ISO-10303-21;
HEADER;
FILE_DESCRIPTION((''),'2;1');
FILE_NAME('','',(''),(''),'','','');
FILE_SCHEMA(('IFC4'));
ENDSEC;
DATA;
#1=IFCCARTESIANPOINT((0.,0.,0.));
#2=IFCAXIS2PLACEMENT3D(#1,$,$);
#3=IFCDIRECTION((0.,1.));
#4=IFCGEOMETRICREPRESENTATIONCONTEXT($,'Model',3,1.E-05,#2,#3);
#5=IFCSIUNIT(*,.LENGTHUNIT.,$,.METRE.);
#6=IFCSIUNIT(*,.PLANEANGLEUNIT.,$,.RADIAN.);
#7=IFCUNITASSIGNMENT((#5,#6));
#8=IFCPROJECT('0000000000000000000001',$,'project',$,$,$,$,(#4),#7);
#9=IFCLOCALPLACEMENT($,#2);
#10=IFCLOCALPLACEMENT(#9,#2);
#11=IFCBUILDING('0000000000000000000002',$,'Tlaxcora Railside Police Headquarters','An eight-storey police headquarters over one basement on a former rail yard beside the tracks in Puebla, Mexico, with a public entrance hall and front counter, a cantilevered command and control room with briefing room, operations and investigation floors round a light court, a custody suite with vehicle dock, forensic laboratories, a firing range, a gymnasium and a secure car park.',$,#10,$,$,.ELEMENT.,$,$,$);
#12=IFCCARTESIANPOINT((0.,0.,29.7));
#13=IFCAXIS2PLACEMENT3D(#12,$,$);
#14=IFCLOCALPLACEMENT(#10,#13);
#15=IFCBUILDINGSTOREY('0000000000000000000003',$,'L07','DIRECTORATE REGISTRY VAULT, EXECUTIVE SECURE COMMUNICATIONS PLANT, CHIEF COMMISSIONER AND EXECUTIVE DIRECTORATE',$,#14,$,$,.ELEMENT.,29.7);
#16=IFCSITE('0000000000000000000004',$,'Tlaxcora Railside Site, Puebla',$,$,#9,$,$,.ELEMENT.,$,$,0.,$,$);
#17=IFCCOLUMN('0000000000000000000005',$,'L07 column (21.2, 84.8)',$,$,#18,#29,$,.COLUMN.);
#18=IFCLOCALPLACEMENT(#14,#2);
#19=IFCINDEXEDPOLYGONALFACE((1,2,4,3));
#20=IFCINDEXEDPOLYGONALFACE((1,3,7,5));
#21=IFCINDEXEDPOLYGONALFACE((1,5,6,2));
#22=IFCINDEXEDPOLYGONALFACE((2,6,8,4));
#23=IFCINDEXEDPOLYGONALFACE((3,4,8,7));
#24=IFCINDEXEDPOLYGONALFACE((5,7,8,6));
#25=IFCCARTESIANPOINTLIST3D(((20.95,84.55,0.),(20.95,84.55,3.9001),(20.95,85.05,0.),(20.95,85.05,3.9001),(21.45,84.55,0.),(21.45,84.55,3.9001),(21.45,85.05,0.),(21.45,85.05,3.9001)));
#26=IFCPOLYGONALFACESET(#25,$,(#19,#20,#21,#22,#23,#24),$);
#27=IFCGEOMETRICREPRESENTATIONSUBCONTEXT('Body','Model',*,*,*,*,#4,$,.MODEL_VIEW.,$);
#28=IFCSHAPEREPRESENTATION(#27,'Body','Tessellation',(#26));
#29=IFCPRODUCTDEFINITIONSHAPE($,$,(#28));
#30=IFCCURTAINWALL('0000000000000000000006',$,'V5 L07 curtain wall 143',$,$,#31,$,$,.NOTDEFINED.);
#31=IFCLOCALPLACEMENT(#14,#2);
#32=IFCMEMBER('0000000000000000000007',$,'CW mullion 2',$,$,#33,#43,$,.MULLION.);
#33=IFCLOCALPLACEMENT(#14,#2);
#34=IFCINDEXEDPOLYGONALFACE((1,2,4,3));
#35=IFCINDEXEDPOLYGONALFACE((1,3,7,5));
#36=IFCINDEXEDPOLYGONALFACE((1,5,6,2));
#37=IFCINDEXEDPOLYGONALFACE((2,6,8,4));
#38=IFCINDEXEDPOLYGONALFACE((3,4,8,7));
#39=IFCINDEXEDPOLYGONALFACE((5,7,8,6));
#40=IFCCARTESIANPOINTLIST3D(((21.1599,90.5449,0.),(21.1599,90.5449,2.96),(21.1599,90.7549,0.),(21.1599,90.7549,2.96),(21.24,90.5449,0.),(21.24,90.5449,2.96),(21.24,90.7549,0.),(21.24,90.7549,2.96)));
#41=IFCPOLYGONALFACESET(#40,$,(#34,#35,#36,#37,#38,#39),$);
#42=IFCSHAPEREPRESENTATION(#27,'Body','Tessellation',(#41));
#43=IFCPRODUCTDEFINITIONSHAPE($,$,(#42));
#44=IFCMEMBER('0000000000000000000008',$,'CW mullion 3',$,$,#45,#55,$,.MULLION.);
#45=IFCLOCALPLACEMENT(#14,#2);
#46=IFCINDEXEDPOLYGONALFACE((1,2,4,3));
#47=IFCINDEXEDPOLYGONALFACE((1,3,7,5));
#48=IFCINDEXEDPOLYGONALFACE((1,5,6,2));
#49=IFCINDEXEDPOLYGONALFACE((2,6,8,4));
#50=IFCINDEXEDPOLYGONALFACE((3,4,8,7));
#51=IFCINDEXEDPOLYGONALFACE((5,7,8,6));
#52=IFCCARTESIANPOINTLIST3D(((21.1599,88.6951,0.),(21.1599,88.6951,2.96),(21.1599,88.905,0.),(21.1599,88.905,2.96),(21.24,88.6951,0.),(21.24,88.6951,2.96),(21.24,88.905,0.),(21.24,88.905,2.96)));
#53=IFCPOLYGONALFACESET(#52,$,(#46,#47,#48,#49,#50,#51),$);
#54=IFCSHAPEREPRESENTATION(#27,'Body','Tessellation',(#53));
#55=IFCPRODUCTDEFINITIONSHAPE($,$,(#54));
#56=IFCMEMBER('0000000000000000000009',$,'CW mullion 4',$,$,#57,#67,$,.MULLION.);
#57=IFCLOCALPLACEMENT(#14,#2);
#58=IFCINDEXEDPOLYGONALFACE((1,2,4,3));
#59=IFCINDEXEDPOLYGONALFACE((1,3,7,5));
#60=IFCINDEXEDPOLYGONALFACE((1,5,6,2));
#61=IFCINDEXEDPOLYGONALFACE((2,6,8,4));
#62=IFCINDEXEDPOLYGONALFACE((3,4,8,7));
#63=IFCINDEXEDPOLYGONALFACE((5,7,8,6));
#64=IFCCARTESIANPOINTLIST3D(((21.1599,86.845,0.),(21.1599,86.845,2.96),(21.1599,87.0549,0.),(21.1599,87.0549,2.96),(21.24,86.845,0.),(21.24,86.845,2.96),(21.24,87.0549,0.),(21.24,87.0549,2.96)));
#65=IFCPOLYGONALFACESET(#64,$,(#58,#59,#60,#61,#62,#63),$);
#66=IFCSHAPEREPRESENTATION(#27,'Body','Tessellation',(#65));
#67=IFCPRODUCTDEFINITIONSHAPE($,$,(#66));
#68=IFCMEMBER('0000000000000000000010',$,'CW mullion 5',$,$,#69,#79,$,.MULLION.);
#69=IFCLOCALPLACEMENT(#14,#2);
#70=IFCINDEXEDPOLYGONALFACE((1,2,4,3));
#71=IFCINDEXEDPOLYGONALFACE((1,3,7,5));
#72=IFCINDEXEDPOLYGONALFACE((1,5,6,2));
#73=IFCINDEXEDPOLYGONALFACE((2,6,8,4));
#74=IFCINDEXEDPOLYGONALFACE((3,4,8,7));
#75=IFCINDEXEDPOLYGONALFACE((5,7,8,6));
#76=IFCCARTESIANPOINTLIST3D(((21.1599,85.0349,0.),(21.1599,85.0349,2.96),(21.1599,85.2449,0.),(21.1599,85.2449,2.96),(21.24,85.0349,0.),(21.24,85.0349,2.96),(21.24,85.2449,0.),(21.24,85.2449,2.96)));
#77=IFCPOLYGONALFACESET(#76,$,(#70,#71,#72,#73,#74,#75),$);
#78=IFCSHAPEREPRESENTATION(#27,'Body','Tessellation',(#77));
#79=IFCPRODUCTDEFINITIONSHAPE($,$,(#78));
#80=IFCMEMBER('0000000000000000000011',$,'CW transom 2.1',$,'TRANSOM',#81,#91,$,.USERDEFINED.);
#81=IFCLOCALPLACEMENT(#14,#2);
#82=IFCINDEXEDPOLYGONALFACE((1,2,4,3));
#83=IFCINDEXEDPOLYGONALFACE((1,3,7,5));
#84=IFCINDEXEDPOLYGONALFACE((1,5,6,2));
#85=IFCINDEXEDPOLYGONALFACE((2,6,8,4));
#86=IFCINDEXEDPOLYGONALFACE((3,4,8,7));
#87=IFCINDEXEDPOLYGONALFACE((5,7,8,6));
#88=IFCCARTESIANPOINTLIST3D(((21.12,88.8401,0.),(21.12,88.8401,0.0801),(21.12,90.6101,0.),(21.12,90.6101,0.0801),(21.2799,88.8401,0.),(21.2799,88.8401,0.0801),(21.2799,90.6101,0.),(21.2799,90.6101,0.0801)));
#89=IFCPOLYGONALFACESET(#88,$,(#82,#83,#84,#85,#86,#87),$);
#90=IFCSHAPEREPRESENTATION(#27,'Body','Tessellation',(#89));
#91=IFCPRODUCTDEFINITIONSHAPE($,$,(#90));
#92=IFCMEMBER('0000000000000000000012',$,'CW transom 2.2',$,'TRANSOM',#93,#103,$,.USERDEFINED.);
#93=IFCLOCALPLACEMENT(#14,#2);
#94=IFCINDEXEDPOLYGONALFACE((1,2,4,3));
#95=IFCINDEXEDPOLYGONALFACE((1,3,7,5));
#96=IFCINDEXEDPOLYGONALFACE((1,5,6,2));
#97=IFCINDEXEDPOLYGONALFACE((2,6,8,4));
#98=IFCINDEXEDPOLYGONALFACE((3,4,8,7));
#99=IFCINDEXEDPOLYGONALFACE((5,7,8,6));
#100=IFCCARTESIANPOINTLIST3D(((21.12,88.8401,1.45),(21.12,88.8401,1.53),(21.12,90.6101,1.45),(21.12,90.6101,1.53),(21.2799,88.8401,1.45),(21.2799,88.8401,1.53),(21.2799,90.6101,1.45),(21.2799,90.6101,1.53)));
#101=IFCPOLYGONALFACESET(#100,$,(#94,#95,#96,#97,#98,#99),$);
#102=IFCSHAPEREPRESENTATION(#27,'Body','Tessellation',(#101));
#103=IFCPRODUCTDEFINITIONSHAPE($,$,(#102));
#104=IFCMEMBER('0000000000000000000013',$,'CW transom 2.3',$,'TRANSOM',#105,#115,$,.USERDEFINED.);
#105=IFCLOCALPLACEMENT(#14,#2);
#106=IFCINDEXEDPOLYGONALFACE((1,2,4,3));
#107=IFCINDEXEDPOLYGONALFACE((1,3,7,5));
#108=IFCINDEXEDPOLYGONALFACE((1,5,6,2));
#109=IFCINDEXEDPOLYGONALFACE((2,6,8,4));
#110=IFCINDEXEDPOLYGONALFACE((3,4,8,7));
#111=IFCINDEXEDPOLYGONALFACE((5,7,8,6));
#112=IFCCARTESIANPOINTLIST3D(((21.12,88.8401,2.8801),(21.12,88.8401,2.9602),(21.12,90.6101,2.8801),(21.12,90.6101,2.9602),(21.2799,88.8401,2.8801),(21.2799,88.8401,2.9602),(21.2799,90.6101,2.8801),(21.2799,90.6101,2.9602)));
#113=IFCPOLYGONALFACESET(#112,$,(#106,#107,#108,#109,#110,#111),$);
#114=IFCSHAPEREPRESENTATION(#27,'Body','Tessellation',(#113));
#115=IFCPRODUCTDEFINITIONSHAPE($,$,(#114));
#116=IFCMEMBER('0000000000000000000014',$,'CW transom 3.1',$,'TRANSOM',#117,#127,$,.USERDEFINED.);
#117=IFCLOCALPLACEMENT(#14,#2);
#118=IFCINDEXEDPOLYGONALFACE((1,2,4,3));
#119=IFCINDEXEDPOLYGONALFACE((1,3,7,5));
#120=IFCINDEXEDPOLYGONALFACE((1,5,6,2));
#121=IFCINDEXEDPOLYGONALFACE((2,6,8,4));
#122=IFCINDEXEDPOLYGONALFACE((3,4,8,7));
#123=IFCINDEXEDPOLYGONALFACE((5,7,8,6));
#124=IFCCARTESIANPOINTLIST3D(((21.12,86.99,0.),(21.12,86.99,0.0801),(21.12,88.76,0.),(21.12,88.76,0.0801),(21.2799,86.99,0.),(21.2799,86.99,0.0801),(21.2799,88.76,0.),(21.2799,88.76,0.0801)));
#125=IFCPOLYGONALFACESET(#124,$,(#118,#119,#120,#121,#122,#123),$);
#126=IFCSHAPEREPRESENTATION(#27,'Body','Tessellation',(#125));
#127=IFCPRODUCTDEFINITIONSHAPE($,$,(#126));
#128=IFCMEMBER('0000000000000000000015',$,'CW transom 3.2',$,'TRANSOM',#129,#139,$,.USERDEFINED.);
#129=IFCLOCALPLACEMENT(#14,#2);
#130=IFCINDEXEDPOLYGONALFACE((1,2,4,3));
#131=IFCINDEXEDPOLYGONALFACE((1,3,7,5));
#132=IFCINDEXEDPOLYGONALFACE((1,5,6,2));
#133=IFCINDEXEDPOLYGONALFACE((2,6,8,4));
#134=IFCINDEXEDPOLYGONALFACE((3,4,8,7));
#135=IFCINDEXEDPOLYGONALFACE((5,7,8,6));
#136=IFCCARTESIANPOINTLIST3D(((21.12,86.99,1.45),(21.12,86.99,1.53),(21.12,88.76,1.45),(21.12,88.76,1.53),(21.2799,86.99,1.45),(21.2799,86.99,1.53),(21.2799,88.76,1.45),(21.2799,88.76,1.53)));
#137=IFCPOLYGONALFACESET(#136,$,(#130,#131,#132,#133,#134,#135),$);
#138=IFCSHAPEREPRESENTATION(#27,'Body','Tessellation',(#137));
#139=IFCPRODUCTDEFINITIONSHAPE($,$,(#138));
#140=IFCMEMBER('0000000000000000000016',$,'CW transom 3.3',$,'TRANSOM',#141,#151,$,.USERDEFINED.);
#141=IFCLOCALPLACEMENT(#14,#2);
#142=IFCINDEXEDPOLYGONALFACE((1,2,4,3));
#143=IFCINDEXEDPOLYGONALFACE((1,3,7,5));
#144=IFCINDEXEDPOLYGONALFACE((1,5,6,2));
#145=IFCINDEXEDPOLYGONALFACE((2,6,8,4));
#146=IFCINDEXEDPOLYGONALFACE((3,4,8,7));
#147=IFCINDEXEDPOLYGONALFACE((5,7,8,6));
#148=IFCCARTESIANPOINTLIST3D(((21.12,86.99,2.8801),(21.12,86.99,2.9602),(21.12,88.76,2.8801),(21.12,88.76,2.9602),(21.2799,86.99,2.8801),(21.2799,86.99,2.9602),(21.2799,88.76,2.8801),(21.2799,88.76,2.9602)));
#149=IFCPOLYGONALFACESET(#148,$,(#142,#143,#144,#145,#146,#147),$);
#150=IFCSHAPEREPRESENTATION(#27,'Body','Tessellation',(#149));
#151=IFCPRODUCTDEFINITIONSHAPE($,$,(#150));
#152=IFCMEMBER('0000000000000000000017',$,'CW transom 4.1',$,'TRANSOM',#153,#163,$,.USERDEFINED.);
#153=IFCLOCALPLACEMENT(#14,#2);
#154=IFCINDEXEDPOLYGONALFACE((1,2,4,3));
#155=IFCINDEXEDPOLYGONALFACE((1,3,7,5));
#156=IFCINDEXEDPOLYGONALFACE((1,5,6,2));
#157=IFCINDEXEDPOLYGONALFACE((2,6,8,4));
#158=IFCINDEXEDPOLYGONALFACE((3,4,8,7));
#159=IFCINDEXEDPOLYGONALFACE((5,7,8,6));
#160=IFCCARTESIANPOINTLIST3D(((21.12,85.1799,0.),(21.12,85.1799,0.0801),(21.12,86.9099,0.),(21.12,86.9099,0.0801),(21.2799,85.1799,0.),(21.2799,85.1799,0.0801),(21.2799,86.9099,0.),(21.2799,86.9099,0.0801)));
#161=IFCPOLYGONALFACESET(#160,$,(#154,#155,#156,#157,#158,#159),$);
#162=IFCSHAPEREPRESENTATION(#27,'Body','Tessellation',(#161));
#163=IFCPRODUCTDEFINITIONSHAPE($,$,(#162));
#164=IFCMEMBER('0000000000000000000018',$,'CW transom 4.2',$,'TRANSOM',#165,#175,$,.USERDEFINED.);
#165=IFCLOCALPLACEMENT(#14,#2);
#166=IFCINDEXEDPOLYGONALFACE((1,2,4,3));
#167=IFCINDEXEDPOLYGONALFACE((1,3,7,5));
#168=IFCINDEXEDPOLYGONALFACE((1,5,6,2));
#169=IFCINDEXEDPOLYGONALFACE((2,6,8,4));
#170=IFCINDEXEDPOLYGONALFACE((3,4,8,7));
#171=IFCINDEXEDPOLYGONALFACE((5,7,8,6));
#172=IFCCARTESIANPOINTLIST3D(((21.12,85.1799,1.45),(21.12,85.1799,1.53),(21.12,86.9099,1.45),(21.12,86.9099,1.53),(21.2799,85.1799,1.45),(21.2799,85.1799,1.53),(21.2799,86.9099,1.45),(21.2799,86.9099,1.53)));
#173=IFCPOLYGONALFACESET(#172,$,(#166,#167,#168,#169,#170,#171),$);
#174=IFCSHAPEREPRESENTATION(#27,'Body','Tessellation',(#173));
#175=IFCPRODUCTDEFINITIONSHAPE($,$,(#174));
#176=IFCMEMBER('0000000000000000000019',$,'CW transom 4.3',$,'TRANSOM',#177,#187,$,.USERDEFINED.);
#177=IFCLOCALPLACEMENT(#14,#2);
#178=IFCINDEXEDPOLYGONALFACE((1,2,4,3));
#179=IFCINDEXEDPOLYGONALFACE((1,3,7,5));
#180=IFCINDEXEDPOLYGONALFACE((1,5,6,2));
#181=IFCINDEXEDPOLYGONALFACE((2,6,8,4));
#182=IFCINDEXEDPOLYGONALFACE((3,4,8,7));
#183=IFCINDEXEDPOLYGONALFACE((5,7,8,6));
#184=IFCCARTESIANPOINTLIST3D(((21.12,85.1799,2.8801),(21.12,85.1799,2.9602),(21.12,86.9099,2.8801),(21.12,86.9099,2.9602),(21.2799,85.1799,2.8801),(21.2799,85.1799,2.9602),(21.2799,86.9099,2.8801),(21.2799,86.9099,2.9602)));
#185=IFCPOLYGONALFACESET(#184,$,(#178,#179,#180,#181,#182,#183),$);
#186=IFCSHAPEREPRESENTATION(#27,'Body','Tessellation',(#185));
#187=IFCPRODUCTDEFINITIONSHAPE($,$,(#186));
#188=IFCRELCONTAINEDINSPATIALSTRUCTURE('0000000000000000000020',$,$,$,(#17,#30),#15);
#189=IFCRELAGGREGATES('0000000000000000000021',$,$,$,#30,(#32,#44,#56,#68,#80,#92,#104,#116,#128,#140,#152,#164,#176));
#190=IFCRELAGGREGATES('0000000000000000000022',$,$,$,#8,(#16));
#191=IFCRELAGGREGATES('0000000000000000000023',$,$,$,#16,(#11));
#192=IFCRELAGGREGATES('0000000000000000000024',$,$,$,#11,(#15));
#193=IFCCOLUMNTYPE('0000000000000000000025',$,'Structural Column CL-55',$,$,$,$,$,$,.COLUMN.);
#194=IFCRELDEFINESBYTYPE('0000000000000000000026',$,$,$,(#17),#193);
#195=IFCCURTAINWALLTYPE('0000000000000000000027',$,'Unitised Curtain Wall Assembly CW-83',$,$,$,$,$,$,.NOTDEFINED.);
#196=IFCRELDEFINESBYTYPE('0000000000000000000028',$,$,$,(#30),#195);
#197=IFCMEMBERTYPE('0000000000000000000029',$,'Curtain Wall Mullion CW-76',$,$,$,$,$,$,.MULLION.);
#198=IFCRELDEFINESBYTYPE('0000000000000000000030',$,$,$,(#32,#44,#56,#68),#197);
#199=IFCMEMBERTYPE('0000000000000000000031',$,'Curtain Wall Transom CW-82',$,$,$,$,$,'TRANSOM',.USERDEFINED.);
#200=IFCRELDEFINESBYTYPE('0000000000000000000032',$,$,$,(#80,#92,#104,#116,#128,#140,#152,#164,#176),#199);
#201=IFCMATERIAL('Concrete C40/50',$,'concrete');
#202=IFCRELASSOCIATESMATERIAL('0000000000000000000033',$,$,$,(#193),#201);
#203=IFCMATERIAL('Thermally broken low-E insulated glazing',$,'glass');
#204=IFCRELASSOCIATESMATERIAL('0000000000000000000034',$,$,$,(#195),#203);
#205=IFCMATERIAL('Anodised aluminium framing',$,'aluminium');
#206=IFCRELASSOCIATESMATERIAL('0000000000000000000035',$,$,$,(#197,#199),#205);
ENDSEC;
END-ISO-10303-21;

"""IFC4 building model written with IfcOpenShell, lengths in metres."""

from ifc_helpers import new_model, si_unit, direction, frame, origin, origin_2d, place, context, subcontext, project, spatial, rectangle, extrude, material, material_profile, profile_set, type_object, element, aggregate, save


model = new_model("IFC4")

# Units and contexts
model_context = context("Model", 3, precision=1e-05, world=origin(), true_north=direction((0.0, 1.0)))
body_context = subcontext(model_context, "Body", "Model", "MODEL_VIEW")
ifc_project = project(units=[si_unit("LENGTHUNIT", "METRE"), si_unit("PLANEANGLEUNIT", "RADIAN")], contexts=[model_context])

# Site, building, storey
site_placement = place(None, origin())
site = spatial("IfcSite", under=ifc_project, at=site_placement, Name="Tlaxcora Railside Site, Puebla", CompositionType="ELEMENT", RefElevation=0.0)
building_placement = place(site_placement, origin())
building = spatial("IfcBuilding", under=site, at=building_placement, Name="Tlaxcora Railside Police Headquarters", Description="An eight-storey police headquarters over one basement on a former rail yard beside the tracks in Puebla, Mexico, with a public entrance hall and front counter, a cantilevered command and control room with briefing room, operations and investigation floors round a light court, a custody suite with vehicle dock, forensic laboratories, a firing range, a gymnasium and a secure car park.", CompositionType="ELEMENT")
storey_placement = place(building_placement, frame((0.0, 0.0, 29.7)))
storey = spatial("IfcBuildingStorey", under=building, at=storey_placement, Name="L07", Description="DIRECTORATE REGISTRY VAULT, EXECUTIVE SECURE COMMUNICATIONS PLANT, CHIEF COMMISSIONER AND EXECUTIVE DIRECTORATE", CompositionType="ELEMENT", Elevation=29.7)

# Column
ifc_material_1 = material(Name="Concrete C40/50", Category="concrete")
ifc_material_profile_1 = material_profile(ifc_material_1, rectangle(XDim=0.5, YDim=0.5, at=origin_2d()), Name="RC500X500")
ifc_profile_set_1 = profile_set([ifc_material_profile_1], Name="Concrete C40/50")
column_type = type_object("IfcColumnType", Name="Structural Column CL-55", PredefinedType="COLUMN", material=ifc_profile_set_1)
column_placement = place(storey_placement, frame((21.2, 84.8, 0.0), z_axis=(0.0, 0.0, 1.0), x_axis=(1.0, 0.0, 0.0)))
element("IfcColumn", 1, at=column_placement, inside=storey, type_object=column_type, Name="L07 column (21.2, 84.8)", PredefinedType="COLUMN", context=body_context, shape_type="SweptSolid", body=[
    extrude(rectangle(XDim=0.5, YDim=0.5, at=origin_2d()), origin(), (0.0, 0.0, 1.0), 3.9001),
])

# Curtain wall, members
ifc_material_2 = material(Name="Thermally broken low-E insulated glazing", Category="glass")
curtain_wall_type = type_object("IfcCurtainWallType", Name="Unitised Curtain Wall Assembly CW-83", PredefinedType="NOTDEFINED", material=ifc_material_2)
curtain_wall_placement = place(storey_placement, origin())
curtain_wall = element("IfcCurtainWall", 2, at=curtain_wall_placement, inside=storey, type_object=curtain_wall_type, Name="V5 L07 curtain wall 143", PredefinedType="NOTDEFINED")
ifc_material_3 = material(Name="Anodised aluminium framing", Category="aluminium")
ifc_material_profile_2 = material_profile(ifc_material_3, rectangle(XDim=0.0801, YDim=0.21, at=origin_2d()), Name="AL80X210")
ifc_profile_set_2 = profile_set([ifc_material_profile_2], Name="Anodised aluminium framing")
member_type_1 = type_object("IfcMemberType", Name="Curtain Wall Mullion CW-76", PredefinedType="MULLION", material=ifc_profile_set_2)
member_1_placement = place(storey_placement, frame((21.2, 90.6499, 0.0), z_axis=(0.0, 0.0, 1.0), x_axis=(1.0, 0.0, 0.0)))
member_1 = element("IfcMember", 3, at=member_1_placement, type_object=member_type_1, Name="CW mullion 2", PredefinedType="MULLION", context=body_context, shape_type="SweptSolid", body=[
    extrude(rectangle(XDim=0.0801, YDim=0.21, at=origin_2d()), origin(), (0.0, 0.0, 1.0), 2.96),
])
member_2_placement = place(storey_placement, frame((21.2, 88.8, 0.0), z_axis=(0.0, 0.0, 1.0), x_axis=(1.0, 0.0, 0.0)))
member_2 = element("IfcMember", 4, at=member_2_placement, type_object=member_type_1, Name="CW mullion 3", PredefinedType="MULLION", context=body_context, shape_type="SweptSolid", body=[
    extrude(rectangle(XDim=0.0801, YDim=0.21, at=origin_2d()), origin(), (0.0, 0.0, 1.0), 2.96),
])
member_3_placement = place(storey_placement, frame((21.2, 86.95, 0.0), z_axis=(0.0, 0.0, 1.0), x_axis=(1.0, 0.0, 0.0)))
member_3 = element("IfcMember", 5, at=member_3_placement, type_object=member_type_1, Name="CW mullion 4", PredefinedType="MULLION", context=body_context, shape_type="SweptSolid", body=[
    extrude(rectangle(XDim=0.0801, YDim=0.21, at=origin_2d()), origin(), (0.0, 0.0, 1.0), 2.96),
])
member_4_placement = place(storey_placement, frame((21.2, 85.1399, 0.0), z_axis=(0.0, 0.0, 1.0), x_axis=(1.0, 0.0, 0.0)))
member_4 = element("IfcMember", 6, at=member_4_placement, type_object=member_type_1, Name="CW mullion 5", PredefinedType="MULLION", context=body_context, shape_type="SweptSolid", body=[
    extrude(rectangle(XDim=0.0801, YDim=0.21, at=origin_2d()), origin(), (0.0, 0.0, 1.0), 2.96),
])
ifc_material_profile_3 = material_profile(ifc_material_3, rectangle(XDim=0.1599, YDim=0.0801, at=origin_2d()), Name="AL80X160")
ifc_profile_set_3 = profile_set([ifc_material_profile_3], Name="Anodised aluminium framing")
member_type_2 = type_object("IfcMemberType", Name="Curtain Wall Transom CW-82", ElementType="TRANSOM", PredefinedType="USERDEFINED", material=ifc_profile_set_3)
member_5_placement = place(storey_placement, frame((21.2, 90.6101, 0.04), z_axis=(0.0, -1.0, 0.0), x_axis=(1.0, 0.0, 0.0)))
member_5 = element("IfcMember", 7, at=member_5_placement, type_object=member_type_2, Name="CW transom 2.1", ObjectType="TRANSOM", PredefinedType="USERDEFINED", context=body_context, shape_type="SweptSolid", body=[
    extrude(rectangle(XDim=0.1599, YDim=0.0801, at=origin_2d()), origin(), (0.0, 0.0, 1.0), 1.77),
])
member_6_placement = place(storey_placement, frame((21.2, 90.6101, 1.49), z_axis=(0.0, -1.0, 0.0), x_axis=(1.0, 0.0, 0.0)))
member_6 = element("IfcMember", 8, at=member_6_placement, type_object=member_type_2, Name="CW transom 2.2", ObjectType="TRANSOM", PredefinedType="USERDEFINED", context=body_context, shape_type="SweptSolid", body=[
    extrude(rectangle(XDim=0.1599, YDim=0.0801, at=origin_2d()), origin(), (0.0, 0.0, 1.0), 1.77),
])
member_7_placement = place(storey_placement, frame((21.2, 90.6101, 2.9202), z_axis=(0.0, -1.0, 0.0), x_axis=(1.0, 0.0, 0.0)))
member_7 = element("IfcMember", 9, at=member_7_placement, type_object=member_type_2, Name="CW transom 2.3", ObjectType="TRANSOM", PredefinedType="USERDEFINED", context=body_context, shape_type="SweptSolid", body=[
    extrude(rectangle(XDim=0.1599, YDim=0.0801, at=origin_2d()), origin(), (0.0, 0.0, 1.0), 1.77),
])
member_8_placement = place(storey_placement, frame((21.2, 88.76, 0.04), z_axis=(0.0, -1.0, 0.0), x_axis=(1.0, 0.0, 0.0)))
member_8 = element("IfcMember", 10, at=member_8_placement, type_object=member_type_2, Name="CW transom 3.1", ObjectType="TRANSOM", PredefinedType="USERDEFINED", context=body_context, shape_type="SweptSolid", body=[
    extrude(rectangle(XDim=0.1599, YDim=0.0801, at=origin_2d()), origin(), (0.0, 0.0, 1.0), 1.77),
])
member_9_placement = place(storey_placement, frame((21.2, 88.76, 1.49), z_axis=(0.0, -1.0, 0.0), x_axis=(1.0, 0.0, 0.0)))
member_9 = element("IfcMember", 11, at=member_9_placement, type_object=member_type_2, Name="CW transom 3.2", ObjectType="TRANSOM", PredefinedType="USERDEFINED", context=body_context, shape_type="SweptSolid", body=[
    extrude(rectangle(XDim=0.1599, YDim=0.0801, at=origin_2d()), origin(), (0.0, 0.0, 1.0), 1.77),
])
member_10_placement = place(storey_placement, frame((21.2, 88.76, 2.9202), z_axis=(0.0, -1.0, 0.0), x_axis=(1.0, 0.0, 0.0)))
member_10 = element("IfcMember", 12, at=member_10_placement, type_object=member_type_2, Name="CW transom 3.3", ObjectType="TRANSOM", PredefinedType="USERDEFINED", context=body_context, shape_type="SweptSolid", body=[
    extrude(rectangle(XDim=0.1599, YDim=0.0801, at=origin_2d()), origin(), (0.0, 0.0, 1.0), 1.77),
])
member_11_placement = place(storey_placement, frame((21.2, 86.9099, 0.04), z_axis=(0.0, -1.0, 0.0), x_axis=(1.0, 0.0, 0.0)))
member_11 = element("IfcMember", 13, at=member_11_placement, type_object=member_type_2, Name="CW transom 4.1", ObjectType="TRANSOM", PredefinedType="USERDEFINED", context=body_context, shape_type="SweptSolid", body=[
    extrude(rectangle(XDim=0.1599, YDim=0.0801, at=origin_2d()), origin(), (0.0, 0.0, 1.0), 1.73),
])
member_12_placement = place(storey_placement, frame((21.2, 86.9099, 1.49), z_axis=(0.0, -1.0, 0.0), x_axis=(1.0, 0.0, 0.0)))
member_12 = element("IfcMember", 14, at=member_12_placement, type_object=member_type_2, Name="CW transom 4.2", ObjectType="TRANSOM", PredefinedType="USERDEFINED", context=body_context, shape_type="SweptSolid", body=[
    extrude(rectangle(XDim=0.1599, YDim=0.0801, at=origin_2d()), origin(), (0.0, 0.0, 1.0), 1.73),
])
member_13_placement = place(storey_placement, frame((21.2, 86.9099, 2.9202), z_axis=(0.0, -1.0, 0.0), x_axis=(1.0, 0.0, 0.0)))
member_13 = element("IfcMember", 15, at=member_13_placement, type_object=member_type_2, Name="CW transom 4.3", ObjectType="TRANSOM", PredefinedType="USERDEFINED", context=body_context, shape_type="SweptSolid", body=[
    extrude(rectangle(XDim=0.1599, YDim=0.0801, at=origin_2d()), origin(), (0.0, 0.0, 1.0), 1.73),
])

aggregate(curtain_wall, [member_1, member_2, member_3, member_4, member_5, member_6, member_7, member_8, member_9, member_10, member_11, member_12, member_13])

save(model, "model.ifc")
